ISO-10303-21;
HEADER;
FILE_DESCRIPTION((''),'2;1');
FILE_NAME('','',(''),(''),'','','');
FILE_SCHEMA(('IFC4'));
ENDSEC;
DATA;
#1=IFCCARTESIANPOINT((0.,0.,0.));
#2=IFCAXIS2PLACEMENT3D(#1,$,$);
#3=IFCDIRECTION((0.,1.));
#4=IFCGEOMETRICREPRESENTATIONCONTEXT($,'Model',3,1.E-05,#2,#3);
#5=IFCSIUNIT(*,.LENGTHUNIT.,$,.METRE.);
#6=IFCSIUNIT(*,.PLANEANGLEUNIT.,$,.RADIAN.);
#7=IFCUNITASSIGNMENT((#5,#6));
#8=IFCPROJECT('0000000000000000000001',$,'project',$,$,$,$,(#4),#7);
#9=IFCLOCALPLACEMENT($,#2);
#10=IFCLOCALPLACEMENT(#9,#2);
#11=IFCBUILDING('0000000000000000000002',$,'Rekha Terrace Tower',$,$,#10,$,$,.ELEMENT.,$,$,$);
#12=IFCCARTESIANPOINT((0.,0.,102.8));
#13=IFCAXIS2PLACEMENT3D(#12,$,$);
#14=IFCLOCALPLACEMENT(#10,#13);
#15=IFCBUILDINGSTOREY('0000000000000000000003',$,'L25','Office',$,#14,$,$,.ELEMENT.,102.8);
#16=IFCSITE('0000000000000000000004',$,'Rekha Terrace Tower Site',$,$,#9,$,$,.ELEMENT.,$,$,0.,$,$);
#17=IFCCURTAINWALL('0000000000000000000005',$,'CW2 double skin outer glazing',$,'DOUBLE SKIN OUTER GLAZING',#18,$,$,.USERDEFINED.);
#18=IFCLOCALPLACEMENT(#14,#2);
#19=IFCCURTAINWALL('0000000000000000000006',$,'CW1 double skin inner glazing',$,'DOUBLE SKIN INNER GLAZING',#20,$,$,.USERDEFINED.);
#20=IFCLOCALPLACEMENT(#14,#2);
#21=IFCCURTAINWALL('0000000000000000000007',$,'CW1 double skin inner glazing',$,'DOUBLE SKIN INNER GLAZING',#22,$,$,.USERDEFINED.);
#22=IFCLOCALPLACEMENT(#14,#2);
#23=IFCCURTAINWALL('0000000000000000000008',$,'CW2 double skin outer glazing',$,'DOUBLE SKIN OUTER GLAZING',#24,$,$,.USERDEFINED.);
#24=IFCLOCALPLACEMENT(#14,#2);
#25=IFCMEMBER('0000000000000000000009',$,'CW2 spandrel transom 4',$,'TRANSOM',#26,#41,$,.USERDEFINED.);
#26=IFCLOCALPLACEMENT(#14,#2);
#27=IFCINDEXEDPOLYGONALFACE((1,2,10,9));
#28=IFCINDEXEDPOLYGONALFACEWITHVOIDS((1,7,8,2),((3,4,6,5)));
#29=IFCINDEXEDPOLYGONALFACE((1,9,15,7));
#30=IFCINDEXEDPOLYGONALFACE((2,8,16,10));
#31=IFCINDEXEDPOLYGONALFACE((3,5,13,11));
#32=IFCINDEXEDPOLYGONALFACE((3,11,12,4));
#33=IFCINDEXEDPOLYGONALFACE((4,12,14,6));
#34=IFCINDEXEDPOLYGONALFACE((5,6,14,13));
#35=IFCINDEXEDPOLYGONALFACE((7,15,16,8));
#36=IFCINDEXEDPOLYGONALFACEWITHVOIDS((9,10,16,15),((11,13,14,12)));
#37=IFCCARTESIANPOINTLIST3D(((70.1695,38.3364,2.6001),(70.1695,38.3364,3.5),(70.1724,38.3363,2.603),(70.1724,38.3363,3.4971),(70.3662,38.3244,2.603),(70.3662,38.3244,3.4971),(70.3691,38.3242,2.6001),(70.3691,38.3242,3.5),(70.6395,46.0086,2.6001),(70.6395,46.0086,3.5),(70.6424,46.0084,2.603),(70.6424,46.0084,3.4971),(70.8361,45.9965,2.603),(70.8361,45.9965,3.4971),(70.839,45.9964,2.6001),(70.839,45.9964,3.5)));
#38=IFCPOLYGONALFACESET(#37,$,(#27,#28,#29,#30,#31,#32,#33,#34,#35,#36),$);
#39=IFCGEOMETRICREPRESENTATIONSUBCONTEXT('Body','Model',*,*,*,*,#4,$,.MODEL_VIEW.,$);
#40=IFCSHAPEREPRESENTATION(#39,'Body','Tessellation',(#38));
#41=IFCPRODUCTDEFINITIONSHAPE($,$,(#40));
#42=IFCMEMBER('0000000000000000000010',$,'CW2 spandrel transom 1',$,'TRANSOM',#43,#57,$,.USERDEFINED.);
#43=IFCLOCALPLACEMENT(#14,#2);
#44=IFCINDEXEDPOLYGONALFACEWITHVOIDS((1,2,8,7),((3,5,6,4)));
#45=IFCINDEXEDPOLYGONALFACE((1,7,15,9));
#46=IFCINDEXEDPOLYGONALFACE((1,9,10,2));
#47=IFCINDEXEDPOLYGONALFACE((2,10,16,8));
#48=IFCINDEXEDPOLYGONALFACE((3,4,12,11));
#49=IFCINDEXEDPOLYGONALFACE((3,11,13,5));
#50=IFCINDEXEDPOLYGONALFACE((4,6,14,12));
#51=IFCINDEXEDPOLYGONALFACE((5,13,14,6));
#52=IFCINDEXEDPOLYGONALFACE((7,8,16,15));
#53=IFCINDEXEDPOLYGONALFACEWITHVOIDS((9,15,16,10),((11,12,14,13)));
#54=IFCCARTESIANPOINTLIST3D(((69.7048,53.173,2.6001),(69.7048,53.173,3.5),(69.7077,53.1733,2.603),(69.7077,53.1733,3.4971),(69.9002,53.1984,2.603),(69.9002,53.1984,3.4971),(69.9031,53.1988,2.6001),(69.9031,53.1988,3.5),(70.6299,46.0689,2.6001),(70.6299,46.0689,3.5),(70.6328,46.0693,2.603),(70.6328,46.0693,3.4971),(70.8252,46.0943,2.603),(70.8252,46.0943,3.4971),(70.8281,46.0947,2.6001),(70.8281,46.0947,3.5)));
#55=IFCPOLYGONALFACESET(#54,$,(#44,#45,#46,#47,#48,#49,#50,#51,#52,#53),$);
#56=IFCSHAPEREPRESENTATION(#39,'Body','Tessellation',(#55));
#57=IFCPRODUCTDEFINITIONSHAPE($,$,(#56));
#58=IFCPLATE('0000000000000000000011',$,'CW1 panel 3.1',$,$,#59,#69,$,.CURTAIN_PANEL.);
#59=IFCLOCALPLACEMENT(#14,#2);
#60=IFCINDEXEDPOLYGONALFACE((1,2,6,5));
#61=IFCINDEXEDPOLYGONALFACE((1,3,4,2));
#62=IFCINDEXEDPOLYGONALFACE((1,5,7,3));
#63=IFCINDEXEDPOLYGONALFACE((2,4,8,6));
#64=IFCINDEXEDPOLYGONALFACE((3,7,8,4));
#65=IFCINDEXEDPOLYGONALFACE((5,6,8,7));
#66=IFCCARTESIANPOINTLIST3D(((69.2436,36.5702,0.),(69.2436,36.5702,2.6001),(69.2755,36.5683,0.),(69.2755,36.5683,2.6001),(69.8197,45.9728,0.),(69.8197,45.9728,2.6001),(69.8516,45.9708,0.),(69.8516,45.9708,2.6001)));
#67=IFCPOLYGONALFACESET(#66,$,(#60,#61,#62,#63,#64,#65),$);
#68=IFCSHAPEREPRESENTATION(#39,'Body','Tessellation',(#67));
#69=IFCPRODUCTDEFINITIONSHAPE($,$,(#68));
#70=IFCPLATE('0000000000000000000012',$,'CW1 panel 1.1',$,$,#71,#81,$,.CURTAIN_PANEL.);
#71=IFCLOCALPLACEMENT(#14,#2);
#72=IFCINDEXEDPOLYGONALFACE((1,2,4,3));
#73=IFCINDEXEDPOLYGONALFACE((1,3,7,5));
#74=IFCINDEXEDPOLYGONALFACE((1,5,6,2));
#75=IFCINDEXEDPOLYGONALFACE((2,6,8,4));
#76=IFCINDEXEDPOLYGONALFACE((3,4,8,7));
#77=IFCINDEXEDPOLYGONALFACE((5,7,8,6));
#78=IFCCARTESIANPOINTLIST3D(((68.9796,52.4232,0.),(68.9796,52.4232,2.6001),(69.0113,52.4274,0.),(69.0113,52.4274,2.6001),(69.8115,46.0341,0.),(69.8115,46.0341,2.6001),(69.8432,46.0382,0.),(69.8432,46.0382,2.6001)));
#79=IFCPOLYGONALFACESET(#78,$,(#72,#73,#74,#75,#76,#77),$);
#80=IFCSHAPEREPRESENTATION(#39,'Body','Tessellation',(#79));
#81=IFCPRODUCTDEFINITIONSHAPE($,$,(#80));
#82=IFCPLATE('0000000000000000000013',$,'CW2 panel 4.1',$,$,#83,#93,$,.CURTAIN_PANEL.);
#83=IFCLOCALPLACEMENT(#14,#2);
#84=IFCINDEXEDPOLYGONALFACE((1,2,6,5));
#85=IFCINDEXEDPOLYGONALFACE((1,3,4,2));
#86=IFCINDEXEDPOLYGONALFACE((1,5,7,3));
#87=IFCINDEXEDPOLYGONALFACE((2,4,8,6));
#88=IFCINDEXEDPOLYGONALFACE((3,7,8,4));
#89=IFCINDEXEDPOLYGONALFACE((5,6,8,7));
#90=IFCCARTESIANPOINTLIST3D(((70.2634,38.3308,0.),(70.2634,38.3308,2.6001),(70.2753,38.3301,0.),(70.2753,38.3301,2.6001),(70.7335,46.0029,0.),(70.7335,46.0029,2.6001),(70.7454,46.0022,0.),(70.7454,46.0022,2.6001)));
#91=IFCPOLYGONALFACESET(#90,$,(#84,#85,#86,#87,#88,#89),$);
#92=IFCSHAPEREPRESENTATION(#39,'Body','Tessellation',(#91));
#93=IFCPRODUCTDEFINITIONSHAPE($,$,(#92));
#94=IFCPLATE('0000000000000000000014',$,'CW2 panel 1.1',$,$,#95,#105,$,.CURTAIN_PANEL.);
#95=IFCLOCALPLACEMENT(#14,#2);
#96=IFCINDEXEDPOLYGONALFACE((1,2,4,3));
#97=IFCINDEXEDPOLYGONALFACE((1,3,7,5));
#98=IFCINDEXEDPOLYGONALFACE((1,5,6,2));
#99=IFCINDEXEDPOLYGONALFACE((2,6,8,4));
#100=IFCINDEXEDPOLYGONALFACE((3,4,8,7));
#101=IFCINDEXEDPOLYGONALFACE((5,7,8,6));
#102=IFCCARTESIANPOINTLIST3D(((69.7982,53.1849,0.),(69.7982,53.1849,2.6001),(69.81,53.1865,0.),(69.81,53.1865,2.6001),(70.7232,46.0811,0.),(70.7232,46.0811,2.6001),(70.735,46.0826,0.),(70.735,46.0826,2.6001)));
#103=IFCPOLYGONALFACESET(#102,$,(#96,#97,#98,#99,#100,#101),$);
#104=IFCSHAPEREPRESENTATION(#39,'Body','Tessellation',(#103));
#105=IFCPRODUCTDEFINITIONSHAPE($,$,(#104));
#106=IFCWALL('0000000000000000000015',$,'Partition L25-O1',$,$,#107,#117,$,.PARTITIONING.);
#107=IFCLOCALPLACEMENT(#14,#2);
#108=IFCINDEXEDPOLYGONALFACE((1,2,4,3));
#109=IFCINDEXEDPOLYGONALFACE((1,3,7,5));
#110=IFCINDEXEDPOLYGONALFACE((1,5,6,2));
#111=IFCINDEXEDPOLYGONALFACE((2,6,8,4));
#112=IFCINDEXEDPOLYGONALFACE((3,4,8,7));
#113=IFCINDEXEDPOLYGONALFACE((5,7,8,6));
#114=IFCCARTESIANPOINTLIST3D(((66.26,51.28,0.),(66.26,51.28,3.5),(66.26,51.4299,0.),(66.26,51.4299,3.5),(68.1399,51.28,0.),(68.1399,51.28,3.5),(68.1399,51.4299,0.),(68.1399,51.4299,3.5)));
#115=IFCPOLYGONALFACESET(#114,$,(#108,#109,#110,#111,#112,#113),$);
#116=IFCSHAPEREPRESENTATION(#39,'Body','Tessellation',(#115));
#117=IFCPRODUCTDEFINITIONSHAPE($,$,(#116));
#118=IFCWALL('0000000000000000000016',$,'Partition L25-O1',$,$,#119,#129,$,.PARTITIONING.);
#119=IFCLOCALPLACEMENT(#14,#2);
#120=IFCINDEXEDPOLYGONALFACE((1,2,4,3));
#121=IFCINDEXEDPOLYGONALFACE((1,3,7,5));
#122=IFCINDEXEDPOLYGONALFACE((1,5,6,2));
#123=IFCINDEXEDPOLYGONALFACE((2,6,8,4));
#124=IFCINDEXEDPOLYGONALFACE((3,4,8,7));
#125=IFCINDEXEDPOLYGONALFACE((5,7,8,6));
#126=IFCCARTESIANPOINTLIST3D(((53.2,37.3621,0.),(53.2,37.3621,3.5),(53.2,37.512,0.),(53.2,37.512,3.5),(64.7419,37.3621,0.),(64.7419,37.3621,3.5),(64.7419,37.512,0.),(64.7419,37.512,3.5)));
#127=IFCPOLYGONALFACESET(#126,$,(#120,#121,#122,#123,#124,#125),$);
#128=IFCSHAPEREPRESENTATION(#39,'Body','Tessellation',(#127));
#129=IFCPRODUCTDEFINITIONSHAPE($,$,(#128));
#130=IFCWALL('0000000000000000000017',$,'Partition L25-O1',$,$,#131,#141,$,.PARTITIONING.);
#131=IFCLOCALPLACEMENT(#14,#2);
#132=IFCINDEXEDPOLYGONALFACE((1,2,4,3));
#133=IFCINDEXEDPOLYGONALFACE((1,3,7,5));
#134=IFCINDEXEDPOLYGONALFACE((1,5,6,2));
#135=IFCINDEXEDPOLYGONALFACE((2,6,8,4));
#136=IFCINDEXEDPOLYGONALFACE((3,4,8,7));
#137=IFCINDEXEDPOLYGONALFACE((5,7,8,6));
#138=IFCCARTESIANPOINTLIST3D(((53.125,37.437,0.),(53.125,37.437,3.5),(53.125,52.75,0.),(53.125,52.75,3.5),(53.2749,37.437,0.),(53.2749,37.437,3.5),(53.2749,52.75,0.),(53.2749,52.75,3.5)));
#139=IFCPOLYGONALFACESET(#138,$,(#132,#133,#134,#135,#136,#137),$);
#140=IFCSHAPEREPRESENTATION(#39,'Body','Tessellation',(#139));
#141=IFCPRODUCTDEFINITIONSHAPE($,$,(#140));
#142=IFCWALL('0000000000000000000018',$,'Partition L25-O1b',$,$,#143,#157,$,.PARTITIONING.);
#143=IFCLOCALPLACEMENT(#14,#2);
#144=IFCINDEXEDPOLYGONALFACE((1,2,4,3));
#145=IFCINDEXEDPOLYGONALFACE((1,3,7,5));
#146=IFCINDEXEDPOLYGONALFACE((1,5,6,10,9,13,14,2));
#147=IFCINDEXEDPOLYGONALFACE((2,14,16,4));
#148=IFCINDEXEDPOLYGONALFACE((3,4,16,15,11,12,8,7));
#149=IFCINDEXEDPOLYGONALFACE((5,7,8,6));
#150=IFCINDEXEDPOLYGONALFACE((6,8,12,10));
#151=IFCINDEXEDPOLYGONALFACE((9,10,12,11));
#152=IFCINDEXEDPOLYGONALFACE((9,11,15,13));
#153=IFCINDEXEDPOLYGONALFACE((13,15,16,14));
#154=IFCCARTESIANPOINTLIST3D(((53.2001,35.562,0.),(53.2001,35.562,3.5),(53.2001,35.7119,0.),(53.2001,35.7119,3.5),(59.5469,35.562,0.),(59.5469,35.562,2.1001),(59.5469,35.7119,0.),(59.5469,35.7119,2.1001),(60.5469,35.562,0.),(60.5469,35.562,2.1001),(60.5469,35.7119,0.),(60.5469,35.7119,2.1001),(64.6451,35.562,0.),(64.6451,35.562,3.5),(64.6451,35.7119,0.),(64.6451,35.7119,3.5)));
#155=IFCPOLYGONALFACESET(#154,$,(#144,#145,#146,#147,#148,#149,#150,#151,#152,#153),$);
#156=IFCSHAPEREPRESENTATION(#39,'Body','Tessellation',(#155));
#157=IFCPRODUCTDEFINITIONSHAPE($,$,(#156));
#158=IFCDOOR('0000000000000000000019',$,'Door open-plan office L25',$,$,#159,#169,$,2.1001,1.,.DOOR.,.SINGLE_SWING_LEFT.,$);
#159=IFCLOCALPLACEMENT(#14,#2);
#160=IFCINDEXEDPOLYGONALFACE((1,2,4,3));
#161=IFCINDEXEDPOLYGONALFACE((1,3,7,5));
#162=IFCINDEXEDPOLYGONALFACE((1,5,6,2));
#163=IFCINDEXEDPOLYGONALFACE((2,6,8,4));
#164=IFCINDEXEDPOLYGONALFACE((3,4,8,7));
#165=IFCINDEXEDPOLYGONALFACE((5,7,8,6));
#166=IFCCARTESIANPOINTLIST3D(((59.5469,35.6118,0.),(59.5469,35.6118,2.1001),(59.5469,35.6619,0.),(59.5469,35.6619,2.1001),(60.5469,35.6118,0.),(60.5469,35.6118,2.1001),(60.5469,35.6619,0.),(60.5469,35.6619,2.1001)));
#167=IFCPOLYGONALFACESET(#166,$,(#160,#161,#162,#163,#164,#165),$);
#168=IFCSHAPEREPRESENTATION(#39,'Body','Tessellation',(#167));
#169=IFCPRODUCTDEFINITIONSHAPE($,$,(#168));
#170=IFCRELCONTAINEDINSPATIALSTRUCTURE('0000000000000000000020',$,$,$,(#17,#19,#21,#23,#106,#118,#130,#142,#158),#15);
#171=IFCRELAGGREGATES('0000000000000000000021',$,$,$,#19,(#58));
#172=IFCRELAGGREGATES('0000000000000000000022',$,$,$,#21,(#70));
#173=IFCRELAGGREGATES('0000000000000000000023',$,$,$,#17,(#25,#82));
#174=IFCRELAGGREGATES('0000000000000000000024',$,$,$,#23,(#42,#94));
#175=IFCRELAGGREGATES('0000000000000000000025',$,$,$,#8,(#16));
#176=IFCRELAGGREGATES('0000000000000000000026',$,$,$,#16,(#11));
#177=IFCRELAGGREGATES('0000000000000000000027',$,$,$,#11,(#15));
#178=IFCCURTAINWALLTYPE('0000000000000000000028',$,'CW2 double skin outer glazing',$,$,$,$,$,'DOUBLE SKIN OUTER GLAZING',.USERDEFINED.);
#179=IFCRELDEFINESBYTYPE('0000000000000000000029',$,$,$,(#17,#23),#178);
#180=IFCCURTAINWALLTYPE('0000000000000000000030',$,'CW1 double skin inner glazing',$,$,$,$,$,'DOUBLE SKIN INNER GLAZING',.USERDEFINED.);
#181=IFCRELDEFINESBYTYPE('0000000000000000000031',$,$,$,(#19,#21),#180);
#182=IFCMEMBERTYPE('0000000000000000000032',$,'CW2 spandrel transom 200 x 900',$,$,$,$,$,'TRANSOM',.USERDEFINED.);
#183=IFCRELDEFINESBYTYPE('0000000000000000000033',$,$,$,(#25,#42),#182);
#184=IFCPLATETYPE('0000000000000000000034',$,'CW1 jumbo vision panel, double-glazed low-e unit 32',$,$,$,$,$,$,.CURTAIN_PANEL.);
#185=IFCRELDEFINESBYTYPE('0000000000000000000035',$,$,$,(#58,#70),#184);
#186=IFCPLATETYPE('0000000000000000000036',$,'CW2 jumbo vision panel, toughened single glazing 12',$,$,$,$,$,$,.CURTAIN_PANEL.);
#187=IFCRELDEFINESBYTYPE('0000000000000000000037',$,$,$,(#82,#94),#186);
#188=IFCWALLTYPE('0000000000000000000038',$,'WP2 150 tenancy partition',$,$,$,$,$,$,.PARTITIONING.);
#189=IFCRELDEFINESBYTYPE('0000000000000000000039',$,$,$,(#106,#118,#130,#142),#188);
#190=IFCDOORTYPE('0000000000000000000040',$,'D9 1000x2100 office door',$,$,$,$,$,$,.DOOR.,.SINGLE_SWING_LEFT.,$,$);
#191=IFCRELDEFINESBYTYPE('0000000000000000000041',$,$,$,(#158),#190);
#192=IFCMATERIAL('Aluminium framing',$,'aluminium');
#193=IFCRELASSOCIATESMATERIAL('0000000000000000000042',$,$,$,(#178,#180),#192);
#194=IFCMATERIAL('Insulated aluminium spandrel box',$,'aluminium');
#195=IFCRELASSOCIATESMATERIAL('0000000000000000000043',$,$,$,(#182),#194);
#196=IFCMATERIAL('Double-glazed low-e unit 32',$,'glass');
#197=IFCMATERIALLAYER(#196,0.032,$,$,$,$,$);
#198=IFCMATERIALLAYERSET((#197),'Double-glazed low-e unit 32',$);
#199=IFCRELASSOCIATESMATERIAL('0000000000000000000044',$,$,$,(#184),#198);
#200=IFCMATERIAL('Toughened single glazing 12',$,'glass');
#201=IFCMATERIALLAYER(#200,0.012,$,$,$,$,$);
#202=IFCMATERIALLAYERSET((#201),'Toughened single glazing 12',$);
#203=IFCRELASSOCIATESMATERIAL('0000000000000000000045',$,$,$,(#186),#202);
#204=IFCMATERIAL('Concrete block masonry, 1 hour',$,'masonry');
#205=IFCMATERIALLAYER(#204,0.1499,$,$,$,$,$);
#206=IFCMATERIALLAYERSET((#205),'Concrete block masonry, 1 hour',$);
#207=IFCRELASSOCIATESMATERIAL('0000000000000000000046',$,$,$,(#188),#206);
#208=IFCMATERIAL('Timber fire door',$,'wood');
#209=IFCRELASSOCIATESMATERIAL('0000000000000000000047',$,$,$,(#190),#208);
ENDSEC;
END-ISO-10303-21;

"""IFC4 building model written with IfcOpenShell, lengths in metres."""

from ifc_helpers import new_model, si_unit, direction, frame, frame_2d, origin, origin_2d, place, context, subcontext, project, spatial, rectangle, hollow_rectangle, extrude, material, layer, layer_set, material_profile, profile_set, type_object, element, fill, aggregate, save


model = new_model("IFC4")

# Units and contexts
model_context = context("Model", 3, precision=1e-05, world=origin(), true_north=direction((0.0, 1.0)))
body_context = subcontext(model_context, "Body", "Model", "MODEL_VIEW")
ifc_project = project(units=[si_unit("LENGTHUNIT", "METRE"), si_unit("PLANEANGLEUNIT", "RADIAN")], contexts=[model_context])

# Site, building, storey
site_placement = place(None, origin())
site = spatial("IfcSite", under=ifc_project, at=site_placement, Name="Rekha Terrace Tower Site", CompositionType="ELEMENT", RefElevation=0.0)
building_placement = place(site_placement, origin())
building = spatial("IfcBuilding", under=site, at=building_placement, Name="Rekha Terrace Tower", CompositionType="ELEMENT")
storey_placement = place(building_placement, frame((0.0, 0.0, 102.8)))
storey = spatial("IfcBuildingStorey", under=building, at=storey_placement, Name="L25", Description="Office", CompositionType="ELEMENT", Elevation=102.8)

# Curtain walls
ifc_material_1 = material(Name="Aluminium framing", Category="aluminium")
curtain_wall_type_1 = type_object("IfcCurtainWallType", Name="CW2 double skin outer glazing", ElementType="DOUBLE SKIN OUTER GLAZING", PredefinedType="USERDEFINED", material=ifc_material_1)
curtain_wall_1_placement = place(storey_placement, origin())
curtain_wall_1 = element("IfcCurtainWall", 1, at=curtain_wall_1_placement, inside=storey, type_object=curtain_wall_type_1, Name="CW2 double skin outer glazing", ObjectType="DOUBLE SKIN OUTER GLAZING", PredefinedType="USERDEFINED")
curtain_wall_type_2 = type_object("IfcCurtainWallType", Name="CW1 double skin inner glazing", ElementType="DOUBLE SKIN INNER GLAZING", PredefinedType="USERDEFINED", material=ifc_material_1)
curtain_wall_2_placement = place(storey_placement, origin())
curtain_wall_2 = element("IfcCurtainWall", 2, at=curtain_wall_2_placement, inside=storey, type_object=curtain_wall_type_2, Name="CW1 double skin inner glazing", ObjectType="DOUBLE SKIN INNER GLAZING", PredefinedType="USERDEFINED")
curtain_wall_3_placement = place(storey_placement, origin())
curtain_wall_3 = element("IfcCurtainWall", 3, at=curtain_wall_3_placement, inside=storey, type_object=curtain_wall_type_2, Name="CW1 double skin inner glazing", ObjectType="DOUBLE SKIN INNER GLAZING", PredefinedType="USERDEFINED")

# Shared definitions
ifc_material_2 = material(Name="Insulated aluminium spandrel box", Category="aluminium")

# Curtain wall
curtain_wall_4_placement = place(storey_placement, origin())
curtain_wall_4 = element("IfcCurtainWall", 4, at=curtain_wall_4_placement, inside=storey, type_object=curtain_wall_type_1, Name="CW2 double skin outer glazing", ObjectType="DOUBLE SKIN OUTER GLAZING", PredefinedType="USERDEFINED")

# Members
ifc_material_profile_1 = material_profile(ifc_material_2, hollow_rectangle(XDim=0.2, YDim=0.8999, WallThickness=0.0029, at=origin_2d()), Name="AL SPANDREL BOX 200x900")
ifc_profile_set_1 = profile_set([ifc_material_profile_1], Name="Insulated aluminium spandrel box")
member_type_1 = type_object("IfcMemberType", Name="CW2 spandrel transom 200 x 900", ElementType="TRANSOM", PredefinedType="USERDEFINED", material=ifc_profile_set_1)
member_1_placement = place(storey_placement, frame((70.2693, 38.3303, 3.05), z_axis=(0.061142, 0.998129, 0.0), x_axis=(-0.998129, 0.061142, 0.0)))
member_1 = element("IfcMember", 5, at=member_1_placement, type_object=member_type_1, Name="CW2 spandrel transom 4", ObjectType="TRANSOM", PredefinedType="USERDEFINED", context=body_context, shape_type="SweptSolid", body=[
    extrude(hollow_rectangle(XDim=0.2, YDim=0.8999, WallThickness=0.0029, at=origin_2d()), origin(), (0.0, 0.0, 1.0), 7.6865),
])
member_2_placement = place(storey_placement, frame((70.729, 46.0818, 3.05), z_axis=(-0.129125, 0.991628, 0.0), x_axis=(-0.991628, -0.129125, 0.0)))
member_2 = element("IfcMember", 6, at=member_2_placement, type_object=member_type_1, Name="CW2 spandrel transom 1", ObjectType="TRANSOM", PredefinedType="USERDEFINED", context=body_context, shape_type="SweptSolid", body=[
    extrude(hollow_rectangle(XDim=0.2, YDim=0.8999, WallThickness=0.0029, at=origin_2d()), origin(), (0.0, 0.0, 1.0), 7.1641),
])

# Plates
ifc_material_3 = material(Name="Double-glazed low-e unit 32", Category="glass")
ifc_layer_1 = layer(ifc_material_3, 0.032)
ifc_layer_set_1 = layer_set([ifc_layer_1], Name="Double-glazed low-e unit 32")
plate_type_1 = type_object("IfcPlateType", Name="CW1 jumbo vision panel, double-glazed low-e unit 32", PredefinedType="CURTAIN_PANEL", material=ifc_layer_set_1)
plate_1_placement = place(storey_placement, frame((69.5476, 41.2705, 0.0), z_axis=(0.0, 0.0, 1.0), x_axis=(0.06116, 0.998128, 0.0)))
plate_1 = element("IfcPlate", 7, at=plate_1_placement, type_object=plate_type_1, Name="CW1 panel 3.1", PredefinedType="CURTAIN_PANEL", context=body_context, shape_type="SweptSolid", body=[
    extrude(rectangle(XDim=9.4202, YDim=0.032, at=origin_2d()), origin(), (0.0, 0.0, 1.0), 2.6001),
])
aggregate(curtain_wall_2, [plate_1])
plate_2_placement = place(storey_placement, frame((69.4114, 49.2307, 0.0), z_axis=(0.0, 0.0, 1.0), x_axis=(-0.129118, 0.991629, 0.0)))
plate_2 = element("IfcPlate", 8, at=plate_2_placement, type_object=plate_type_1, Name="CW1 panel 1.1", PredefinedType="CURTAIN_PANEL", context=body_context, shape_type="SweptSolid", body=[
    extrude(rectangle(XDim=6.4431, YDim=0.032, at=origin_2d()), origin(), (0.0, 0.0, 1.0), 2.6001),
])
aggregate(curtain_wall_3, [plate_2])
ifc_material_4 = material(Name="Toughened single glazing 12", Category="glass")
ifc_layer_2 = layer(ifc_material_4, 0.012)
ifc_layer_set_2 = layer_set([ifc_layer_2], Name="Toughened single glazing 12")
plate_type_2 = type_object("IfcPlateType", Name="CW2 jumbo vision panel, toughened single glazing 12", PredefinedType="CURTAIN_PANEL", material=ifc_layer_set_2)
plate_3_placement = place(storey_placement, frame((70.5044, 42.1665, 0.0), z_axis=(0.0, 0.0, 1.0), x_axis=(0.06116, 0.998128, 0.0)))
plate_3 = element("IfcPlate", 9, at=plate_3_placement, type_object=plate_type_2, Name="CW2 panel 4.1", PredefinedType="CURTAIN_PANEL", context=body_context, shape_type="SweptSolid", body=[
    extrude(rectangle(XDim=7.6865, YDim=0.012, at=origin_2d()), origin(), (0.0, 0.0, 1.0), 2.6001),
])
aggregate(curtain_wall_1, [member_1, plate_3])
plate_4_placement = place(storey_placement, frame((70.2666, 49.6338, 0.0), z_axis=(0.0, 0.0, 1.0), x_axis=(-0.129118, 0.991629, 0.0)))
plate_4 = element("IfcPlate", 10, at=plate_4_placement, type_object=plate_type_2, Name="CW2 panel 1.1", PredefinedType="CURTAIN_PANEL", context=body_context, shape_type="SweptSolid", body=[
    extrude(rectangle(XDim=7.1638, YDim=0.012, at=origin_2d()), origin(), (0.0, 0.0, 1.0), 2.6001),
])
aggregate(curtain_wall_4, [member_2, plate_4])

# Walls
ifc_material_5 = material(Name="Concrete block masonry, 1 hour", Category="masonry")
ifc_layer_3 = layer(ifc_material_5, 0.1499)
ifc_layer_set_3 = layer_set([ifc_layer_3], Name="Concrete block masonry, 1 hour")
wall_type_1 = type_object("IfcWallType", Name="WP2 150 tenancy partition", PredefinedType="PARTITIONING", material=ifc_layer_set_3)
wall_1_placement = place(storey_placement, frame((66.26, 51.355, 0.0), z_axis=(0.0, 0.0, 1.0), x_axis=(1.0, 0.0, 0.0)))
element("IfcWall", 11, at=wall_1_placement, inside=storey, type_object=wall_type_1, Name="Partition L25-O1", PredefinedType="PARTITIONING", context=body_context, shape_type="SweptSolid", body=[
    extrude(rectangle(XDim=1.8799, YDim=0.1499, at=frame_2d((0.9399, 0.0))), origin(), (0.0, 0.0, 1.0), 3.5),
])
wall_2_placement = place(storey_placement, frame((64.7419, 37.437, 0.0), z_axis=(0.0, 0.0, 1.0), x_axis=(-1.0, 0.0, 0.0)))
element("IfcWall", 12, at=wall_2_placement, inside=storey, type_object=wall_type_1, Name="Partition L25-O1", PredefinedType="PARTITIONING", context=body_context, shape_type="SweptSolid", body=[
    extrude(rectangle(XDim=11.542, YDim=0.1499, at=frame_2d((5.771, 0.0))), origin(), (0.0, 0.0, 1.0), 3.5),
])
wall_3_placement = place(storey_placement, frame((53.2, 37.437, 0.0), z_axis=(0.0, 0.0, 1.0), x_axis=(0.0, 1.0, 0.0)))
element("IfcWall", 13, at=wall_3_placement, inside=storey, type_object=wall_type_1, Name="Partition L25-O1", PredefinedType="PARTITIONING", context=body_context, shape_type="SweptSolid", body=[
    extrude(rectangle(XDim=15.313, YDim=0.1499, at=frame_2d((7.6565, 0.0))), origin(), (0.0, 0.0, 1.0), 3.5),
])

# Wall, opening, door
wall_4_placement = place(storey_placement, frame((53.2, 35.637, 0.0), z_axis=(0.0, 0.0, 1.0), x_axis=(1.0, 0.0, 0.0)))
wall_4 = element("IfcWall", 14, at=wall_4_placement, inside=storey, type_object=wall_type_1, Name="Partition L25-O1b", PredefinedType="PARTITIONING", context=body_context, shape_type="SweptSolid", body=[
    extrude(rectangle(XDim=11.4451, YDim=0.1499, at=frame_2d((5.7227, 0.0))), origin(), (0.0, 0.0, 1.0), 3.5),
])
opening_1_placement = place(wall_4_placement, frame((6.3469, 0.0, 0.0)))
opening_1 = element("IfcOpeningElement", 15, at=opening_1_placement, cuts=wall_4, PredefinedType="OPENING", context=body_context, shape_type="SweptSolid", body=[
    extrude(rectangle(XDim=1.0, YDim=2.1001, at=frame_2d((0.5, 1.05))), frame((0.0, 0.085, 0.0), z_axis=(0.0, -1.0, 0.0), x_axis=(1.0, 0.0, 0.0)), (0.0, 0.0, 1.0), 0.1699),
])
ifc_material_6 = material(Name="Timber fire door", Category="wood")
door_type = type_object("IfcDoorType", Name="D9 1000x2100 office door", OperationType="SINGLE_SWING_LEFT", PredefinedType="DOOR", material=ifc_material_6)
door_1_placement = place(opening_1_placement, origin())
door_1 = element("IfcDoor", 16, at=door_1_placement, inside=storey, type_object=door_type, Name="Door open-plan office L25", OperationType="SINGLE_SWING_LEFT", OverallHeight=2.1001, OverallWidth=1.0, PredefinedType="DOOR", context=body_context, shape_type="SweptSolid", body=[
    extrude(rectangle(XDim=1.0, YDim=2.1001, at=frame_2d((0.5, 1.05))), frame((0.0, 0.0249, 0.0), z_axis=(0.0, -1.0, 0.0), x_axis=(1.0, 0.0, 0.0)), (0.0, 0.0, 1.0), 0.05),
])
fill(opening_1, door_1)

save(model, "model.ifc")
